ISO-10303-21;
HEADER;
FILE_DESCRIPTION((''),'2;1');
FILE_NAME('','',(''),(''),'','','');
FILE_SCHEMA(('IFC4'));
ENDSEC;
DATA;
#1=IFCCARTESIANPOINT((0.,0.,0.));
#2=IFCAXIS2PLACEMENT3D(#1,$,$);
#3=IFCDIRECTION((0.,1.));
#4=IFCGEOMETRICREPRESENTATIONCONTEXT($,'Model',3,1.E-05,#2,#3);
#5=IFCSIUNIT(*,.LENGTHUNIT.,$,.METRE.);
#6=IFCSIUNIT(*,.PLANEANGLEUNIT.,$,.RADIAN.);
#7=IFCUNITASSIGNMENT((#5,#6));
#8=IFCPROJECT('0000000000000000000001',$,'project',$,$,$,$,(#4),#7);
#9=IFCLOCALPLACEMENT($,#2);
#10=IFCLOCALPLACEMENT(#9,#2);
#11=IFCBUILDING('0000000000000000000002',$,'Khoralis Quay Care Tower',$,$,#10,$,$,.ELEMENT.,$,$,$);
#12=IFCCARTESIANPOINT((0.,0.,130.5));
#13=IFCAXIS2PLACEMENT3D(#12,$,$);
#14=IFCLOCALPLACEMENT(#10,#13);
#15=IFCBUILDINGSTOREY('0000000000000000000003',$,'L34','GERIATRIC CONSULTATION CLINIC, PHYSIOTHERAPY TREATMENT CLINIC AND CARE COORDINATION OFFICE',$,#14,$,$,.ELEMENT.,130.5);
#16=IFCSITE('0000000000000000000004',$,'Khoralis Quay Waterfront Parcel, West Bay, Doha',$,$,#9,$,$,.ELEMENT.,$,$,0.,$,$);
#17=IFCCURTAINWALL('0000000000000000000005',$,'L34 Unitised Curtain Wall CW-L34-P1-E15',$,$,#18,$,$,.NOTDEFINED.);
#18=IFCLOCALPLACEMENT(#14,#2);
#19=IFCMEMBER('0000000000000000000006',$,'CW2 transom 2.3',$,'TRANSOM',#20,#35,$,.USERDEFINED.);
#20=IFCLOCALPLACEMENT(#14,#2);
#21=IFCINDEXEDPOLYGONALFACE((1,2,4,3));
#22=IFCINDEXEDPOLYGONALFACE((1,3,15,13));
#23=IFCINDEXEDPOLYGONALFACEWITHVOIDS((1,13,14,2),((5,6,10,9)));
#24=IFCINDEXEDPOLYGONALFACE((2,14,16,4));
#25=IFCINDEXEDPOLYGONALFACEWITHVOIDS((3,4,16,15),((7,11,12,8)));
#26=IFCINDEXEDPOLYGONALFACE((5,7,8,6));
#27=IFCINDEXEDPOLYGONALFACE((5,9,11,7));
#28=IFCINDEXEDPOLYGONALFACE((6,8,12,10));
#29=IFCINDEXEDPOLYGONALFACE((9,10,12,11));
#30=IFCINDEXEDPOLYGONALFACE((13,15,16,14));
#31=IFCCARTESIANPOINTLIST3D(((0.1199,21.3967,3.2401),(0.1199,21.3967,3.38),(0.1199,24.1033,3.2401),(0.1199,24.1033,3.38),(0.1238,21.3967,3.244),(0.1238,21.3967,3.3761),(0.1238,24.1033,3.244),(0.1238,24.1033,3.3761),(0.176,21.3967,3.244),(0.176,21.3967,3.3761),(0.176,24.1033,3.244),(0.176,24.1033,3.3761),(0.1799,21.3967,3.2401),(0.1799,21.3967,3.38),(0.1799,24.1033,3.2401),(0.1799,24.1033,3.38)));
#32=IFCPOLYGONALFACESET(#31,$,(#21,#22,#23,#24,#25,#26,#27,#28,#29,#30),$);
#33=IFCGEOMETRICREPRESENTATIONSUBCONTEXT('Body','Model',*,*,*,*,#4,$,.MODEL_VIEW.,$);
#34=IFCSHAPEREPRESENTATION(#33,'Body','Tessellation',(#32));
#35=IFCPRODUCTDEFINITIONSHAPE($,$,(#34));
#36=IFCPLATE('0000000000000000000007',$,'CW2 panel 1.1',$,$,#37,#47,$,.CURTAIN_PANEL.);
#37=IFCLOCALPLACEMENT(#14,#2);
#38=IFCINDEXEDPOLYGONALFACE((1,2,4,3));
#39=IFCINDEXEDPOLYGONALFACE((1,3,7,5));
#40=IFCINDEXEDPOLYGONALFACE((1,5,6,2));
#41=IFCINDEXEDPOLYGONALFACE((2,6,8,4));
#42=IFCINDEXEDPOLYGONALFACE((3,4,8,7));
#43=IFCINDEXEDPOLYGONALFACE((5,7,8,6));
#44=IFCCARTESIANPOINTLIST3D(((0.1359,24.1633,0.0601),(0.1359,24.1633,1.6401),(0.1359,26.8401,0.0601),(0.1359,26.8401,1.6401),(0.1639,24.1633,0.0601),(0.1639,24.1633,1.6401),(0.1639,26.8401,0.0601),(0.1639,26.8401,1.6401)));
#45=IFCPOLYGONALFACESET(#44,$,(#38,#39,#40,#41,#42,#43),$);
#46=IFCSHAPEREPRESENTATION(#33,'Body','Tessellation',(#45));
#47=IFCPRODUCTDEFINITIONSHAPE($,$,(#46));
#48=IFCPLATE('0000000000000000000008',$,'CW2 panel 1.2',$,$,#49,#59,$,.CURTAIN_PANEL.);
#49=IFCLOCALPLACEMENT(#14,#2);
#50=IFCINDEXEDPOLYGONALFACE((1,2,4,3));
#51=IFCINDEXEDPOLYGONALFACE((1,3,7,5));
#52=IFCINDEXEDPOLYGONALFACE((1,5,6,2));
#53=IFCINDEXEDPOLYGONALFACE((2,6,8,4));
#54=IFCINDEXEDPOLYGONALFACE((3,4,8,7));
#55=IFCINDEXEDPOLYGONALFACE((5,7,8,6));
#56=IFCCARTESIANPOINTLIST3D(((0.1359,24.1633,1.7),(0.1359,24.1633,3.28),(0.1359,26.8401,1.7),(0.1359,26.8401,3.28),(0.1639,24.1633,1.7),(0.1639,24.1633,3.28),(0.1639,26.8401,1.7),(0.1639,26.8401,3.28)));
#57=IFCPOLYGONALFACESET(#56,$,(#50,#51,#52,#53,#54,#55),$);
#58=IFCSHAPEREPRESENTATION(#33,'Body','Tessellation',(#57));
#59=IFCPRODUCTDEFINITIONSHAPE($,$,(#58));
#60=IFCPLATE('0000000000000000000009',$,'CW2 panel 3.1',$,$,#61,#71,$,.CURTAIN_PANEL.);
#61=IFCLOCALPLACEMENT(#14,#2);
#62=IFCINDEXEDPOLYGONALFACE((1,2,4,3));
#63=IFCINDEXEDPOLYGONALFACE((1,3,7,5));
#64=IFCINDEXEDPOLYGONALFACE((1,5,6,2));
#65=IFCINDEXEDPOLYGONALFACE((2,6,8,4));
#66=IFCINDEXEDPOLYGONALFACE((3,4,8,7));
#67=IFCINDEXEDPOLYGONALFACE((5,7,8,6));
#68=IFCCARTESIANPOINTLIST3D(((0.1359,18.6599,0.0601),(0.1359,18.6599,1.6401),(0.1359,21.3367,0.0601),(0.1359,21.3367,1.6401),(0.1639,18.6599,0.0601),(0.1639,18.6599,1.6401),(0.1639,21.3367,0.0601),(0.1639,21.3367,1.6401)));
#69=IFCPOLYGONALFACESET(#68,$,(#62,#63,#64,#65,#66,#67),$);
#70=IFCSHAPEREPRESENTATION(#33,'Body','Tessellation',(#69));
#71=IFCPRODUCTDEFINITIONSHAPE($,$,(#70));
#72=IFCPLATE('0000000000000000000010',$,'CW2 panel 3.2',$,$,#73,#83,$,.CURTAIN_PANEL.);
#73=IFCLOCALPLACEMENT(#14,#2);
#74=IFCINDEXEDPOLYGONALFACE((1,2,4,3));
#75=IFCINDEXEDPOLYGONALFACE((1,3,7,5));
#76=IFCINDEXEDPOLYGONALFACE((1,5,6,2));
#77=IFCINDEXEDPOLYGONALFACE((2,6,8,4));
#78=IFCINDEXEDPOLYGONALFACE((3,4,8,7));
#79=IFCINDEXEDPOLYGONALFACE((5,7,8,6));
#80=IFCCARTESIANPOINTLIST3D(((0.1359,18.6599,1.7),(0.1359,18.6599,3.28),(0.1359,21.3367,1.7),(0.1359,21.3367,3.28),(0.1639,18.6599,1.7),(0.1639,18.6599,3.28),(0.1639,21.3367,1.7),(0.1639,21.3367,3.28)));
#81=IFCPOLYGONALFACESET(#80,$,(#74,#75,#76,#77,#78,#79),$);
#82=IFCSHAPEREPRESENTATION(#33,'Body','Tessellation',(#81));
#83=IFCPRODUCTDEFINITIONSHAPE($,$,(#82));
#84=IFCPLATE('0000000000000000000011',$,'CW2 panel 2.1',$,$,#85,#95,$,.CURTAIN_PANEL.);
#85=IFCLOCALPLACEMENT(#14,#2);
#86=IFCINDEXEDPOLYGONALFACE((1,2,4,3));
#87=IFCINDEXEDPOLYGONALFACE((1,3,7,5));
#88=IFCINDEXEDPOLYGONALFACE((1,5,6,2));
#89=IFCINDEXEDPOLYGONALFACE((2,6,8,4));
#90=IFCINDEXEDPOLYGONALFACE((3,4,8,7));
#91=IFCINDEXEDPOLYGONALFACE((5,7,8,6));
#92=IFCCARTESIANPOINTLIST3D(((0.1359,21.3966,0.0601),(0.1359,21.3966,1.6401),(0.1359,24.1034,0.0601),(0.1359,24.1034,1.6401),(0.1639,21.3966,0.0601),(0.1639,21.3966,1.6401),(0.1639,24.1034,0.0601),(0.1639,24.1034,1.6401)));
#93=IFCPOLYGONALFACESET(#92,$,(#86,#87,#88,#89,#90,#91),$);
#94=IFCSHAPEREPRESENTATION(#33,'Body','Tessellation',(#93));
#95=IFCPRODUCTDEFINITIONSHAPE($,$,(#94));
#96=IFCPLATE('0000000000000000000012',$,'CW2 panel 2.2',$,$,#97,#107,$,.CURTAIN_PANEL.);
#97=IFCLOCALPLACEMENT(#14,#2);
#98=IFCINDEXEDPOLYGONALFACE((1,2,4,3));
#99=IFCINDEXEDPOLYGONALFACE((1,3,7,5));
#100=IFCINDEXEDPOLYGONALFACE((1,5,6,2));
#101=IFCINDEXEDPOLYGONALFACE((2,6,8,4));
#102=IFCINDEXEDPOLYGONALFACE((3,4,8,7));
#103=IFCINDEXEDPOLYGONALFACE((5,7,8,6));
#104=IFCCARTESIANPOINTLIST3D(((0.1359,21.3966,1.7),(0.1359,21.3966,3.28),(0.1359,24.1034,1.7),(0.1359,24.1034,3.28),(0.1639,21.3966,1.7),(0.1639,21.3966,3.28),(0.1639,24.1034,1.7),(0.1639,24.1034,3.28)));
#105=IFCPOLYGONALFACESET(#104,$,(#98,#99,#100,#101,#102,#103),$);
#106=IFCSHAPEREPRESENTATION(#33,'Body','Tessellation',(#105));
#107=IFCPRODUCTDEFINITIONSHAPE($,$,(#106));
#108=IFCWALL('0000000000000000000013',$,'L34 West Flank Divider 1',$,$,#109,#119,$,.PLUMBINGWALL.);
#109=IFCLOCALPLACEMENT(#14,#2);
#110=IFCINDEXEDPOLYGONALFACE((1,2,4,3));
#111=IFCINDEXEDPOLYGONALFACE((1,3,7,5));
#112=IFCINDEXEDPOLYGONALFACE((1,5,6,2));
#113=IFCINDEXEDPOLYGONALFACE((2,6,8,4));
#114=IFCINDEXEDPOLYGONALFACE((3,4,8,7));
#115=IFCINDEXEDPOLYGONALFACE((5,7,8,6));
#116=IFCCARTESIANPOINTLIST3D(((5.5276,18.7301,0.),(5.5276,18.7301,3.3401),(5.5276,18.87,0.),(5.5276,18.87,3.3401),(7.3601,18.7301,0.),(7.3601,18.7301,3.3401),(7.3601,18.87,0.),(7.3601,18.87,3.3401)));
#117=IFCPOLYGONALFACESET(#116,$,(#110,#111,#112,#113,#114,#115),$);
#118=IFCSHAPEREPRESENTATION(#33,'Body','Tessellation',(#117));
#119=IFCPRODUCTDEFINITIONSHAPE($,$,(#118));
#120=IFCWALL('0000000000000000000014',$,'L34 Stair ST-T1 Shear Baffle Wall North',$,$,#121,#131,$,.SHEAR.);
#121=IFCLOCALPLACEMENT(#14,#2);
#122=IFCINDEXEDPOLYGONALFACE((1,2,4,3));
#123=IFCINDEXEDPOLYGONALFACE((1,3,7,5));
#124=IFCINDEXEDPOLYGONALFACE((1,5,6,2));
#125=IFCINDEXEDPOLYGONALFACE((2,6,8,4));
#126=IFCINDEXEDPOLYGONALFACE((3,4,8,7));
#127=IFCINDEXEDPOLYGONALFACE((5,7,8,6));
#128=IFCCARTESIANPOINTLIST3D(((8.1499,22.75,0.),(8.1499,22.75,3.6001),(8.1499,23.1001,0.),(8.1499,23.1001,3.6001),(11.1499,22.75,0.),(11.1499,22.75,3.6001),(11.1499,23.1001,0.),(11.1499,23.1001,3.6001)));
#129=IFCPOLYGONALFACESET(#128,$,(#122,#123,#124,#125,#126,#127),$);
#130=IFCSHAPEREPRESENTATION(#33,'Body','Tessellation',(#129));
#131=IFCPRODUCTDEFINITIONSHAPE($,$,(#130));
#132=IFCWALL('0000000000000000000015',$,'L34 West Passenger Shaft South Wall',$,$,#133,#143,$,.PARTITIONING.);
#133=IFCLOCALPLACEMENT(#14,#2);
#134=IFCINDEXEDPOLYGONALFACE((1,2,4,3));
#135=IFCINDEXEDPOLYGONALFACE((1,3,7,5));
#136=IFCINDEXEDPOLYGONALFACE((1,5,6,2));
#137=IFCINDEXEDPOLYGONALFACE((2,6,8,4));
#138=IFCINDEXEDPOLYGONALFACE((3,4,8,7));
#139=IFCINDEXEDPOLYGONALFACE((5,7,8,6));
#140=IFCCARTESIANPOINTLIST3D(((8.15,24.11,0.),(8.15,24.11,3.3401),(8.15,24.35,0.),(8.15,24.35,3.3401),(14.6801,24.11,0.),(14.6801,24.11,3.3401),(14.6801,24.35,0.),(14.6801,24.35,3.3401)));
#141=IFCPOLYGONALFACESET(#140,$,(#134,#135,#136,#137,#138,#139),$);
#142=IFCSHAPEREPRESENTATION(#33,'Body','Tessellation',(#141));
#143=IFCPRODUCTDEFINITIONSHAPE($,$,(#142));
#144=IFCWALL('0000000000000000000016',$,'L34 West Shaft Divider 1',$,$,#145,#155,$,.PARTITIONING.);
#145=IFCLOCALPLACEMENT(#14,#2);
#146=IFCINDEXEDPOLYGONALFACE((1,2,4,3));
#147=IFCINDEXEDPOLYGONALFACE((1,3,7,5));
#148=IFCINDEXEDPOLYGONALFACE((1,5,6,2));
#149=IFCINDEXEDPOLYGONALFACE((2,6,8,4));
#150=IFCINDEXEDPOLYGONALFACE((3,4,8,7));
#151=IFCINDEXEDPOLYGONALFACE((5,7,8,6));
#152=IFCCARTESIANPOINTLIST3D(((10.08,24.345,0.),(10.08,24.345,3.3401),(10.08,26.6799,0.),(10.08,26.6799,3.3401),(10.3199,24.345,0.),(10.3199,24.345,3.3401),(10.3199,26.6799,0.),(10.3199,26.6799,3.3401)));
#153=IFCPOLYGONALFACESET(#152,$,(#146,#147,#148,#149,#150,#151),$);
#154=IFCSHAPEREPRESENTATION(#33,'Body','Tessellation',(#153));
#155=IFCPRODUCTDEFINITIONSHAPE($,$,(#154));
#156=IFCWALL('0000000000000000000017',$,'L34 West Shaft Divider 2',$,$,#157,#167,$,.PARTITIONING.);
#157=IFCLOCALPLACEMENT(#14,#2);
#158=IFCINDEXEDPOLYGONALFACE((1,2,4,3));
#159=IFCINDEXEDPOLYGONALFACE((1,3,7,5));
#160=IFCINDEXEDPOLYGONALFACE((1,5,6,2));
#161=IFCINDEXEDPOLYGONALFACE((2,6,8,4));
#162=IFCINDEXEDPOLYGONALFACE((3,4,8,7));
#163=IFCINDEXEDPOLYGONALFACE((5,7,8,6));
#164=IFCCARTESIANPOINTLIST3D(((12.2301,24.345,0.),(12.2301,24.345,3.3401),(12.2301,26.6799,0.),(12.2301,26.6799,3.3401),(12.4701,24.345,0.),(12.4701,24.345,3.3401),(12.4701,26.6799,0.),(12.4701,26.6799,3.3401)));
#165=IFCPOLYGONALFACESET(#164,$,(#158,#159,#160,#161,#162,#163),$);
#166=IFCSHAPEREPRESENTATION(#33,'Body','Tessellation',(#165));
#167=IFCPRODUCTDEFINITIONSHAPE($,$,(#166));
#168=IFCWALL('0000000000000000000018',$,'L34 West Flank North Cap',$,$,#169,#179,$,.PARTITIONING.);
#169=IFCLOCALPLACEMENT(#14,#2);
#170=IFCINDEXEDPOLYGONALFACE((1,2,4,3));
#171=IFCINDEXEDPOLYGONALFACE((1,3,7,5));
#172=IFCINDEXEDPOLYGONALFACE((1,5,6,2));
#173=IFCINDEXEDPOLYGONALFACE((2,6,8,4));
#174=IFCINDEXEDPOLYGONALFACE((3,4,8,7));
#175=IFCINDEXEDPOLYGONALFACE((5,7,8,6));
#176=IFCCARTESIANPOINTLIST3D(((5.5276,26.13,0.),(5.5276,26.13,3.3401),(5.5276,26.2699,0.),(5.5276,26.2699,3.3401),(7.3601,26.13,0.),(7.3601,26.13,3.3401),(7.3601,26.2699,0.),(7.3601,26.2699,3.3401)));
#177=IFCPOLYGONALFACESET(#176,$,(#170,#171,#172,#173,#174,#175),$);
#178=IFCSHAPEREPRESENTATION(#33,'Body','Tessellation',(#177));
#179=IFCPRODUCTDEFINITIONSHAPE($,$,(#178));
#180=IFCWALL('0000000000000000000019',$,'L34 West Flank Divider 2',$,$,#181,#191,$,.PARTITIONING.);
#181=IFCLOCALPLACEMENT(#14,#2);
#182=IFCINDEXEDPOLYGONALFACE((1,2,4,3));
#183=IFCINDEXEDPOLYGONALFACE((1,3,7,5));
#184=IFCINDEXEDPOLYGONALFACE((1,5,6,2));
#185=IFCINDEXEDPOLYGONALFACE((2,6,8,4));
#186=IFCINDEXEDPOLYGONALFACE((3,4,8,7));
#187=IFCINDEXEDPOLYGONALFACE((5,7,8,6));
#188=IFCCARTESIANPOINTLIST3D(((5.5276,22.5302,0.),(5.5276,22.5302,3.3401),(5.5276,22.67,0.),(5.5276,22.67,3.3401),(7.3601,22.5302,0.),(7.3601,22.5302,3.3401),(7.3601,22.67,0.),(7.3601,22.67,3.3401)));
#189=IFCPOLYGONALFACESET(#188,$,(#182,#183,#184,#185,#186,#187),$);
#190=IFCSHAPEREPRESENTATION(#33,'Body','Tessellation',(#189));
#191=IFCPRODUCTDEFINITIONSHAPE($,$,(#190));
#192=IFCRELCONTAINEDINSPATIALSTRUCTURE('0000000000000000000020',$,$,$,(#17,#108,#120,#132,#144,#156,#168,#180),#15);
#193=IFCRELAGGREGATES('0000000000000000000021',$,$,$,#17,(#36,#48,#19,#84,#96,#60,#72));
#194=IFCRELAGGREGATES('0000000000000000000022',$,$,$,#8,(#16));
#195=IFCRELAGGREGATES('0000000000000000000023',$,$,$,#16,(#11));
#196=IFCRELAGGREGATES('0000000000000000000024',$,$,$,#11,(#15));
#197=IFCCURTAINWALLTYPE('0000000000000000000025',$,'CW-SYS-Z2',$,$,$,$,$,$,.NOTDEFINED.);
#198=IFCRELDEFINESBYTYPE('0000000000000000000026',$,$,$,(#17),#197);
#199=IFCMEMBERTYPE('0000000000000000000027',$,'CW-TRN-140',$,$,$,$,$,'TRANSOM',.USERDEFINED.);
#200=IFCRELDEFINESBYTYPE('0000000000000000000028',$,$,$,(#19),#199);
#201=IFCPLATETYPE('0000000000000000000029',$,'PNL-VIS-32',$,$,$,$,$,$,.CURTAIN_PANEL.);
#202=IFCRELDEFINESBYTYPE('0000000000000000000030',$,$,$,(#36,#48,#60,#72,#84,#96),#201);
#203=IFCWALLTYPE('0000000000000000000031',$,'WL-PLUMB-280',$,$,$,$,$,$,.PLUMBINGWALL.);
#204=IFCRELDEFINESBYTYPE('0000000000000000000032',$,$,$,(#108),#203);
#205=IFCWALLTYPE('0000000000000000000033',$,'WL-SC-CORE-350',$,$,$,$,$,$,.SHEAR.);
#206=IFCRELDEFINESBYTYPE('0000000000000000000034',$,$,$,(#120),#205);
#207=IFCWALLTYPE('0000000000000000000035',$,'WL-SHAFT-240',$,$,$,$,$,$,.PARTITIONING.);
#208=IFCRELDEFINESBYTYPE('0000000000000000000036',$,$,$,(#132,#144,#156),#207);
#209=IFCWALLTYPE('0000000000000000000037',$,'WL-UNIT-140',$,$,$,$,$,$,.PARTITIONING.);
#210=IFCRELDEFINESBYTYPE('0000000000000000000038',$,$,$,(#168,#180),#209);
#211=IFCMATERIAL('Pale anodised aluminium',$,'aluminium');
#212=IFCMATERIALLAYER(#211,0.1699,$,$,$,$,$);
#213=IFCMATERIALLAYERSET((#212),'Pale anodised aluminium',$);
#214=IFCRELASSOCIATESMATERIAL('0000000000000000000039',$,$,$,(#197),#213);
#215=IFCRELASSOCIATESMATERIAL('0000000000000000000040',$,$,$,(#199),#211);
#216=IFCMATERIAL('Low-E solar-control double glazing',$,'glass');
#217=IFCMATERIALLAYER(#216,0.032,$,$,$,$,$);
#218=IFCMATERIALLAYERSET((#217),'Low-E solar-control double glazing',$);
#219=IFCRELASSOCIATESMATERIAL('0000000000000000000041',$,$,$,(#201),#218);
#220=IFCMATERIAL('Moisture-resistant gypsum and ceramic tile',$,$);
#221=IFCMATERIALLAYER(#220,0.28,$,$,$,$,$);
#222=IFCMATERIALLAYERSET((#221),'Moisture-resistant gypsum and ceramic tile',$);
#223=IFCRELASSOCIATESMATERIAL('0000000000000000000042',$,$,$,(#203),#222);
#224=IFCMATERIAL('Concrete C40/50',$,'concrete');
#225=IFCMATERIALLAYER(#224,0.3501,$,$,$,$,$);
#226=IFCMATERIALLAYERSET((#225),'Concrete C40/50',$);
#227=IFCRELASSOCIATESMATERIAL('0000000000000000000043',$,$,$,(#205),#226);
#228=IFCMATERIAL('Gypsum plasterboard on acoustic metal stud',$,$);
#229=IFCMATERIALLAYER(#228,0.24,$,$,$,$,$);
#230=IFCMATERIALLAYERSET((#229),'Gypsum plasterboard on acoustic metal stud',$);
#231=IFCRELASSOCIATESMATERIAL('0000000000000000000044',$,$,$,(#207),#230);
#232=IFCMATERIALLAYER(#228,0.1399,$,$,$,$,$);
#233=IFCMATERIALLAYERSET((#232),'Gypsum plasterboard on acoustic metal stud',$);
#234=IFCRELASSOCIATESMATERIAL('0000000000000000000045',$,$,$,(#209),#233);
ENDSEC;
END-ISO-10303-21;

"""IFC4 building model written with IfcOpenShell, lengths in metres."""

from ifc_helpers import new_model, si_unit, direction, frame, frame_2d, origin, origin_2d, place, context, subcontext, project, spatial, rectangle, hollow_rectangle, extrude, source, transform, mapped, material, layer, layer_set, material_profile, profile_set, type_object, element, aggregate, save


model = new_model("IFC4")

# Units and contexts
model_context = context("Model", 3, precision=1e-05, world=origin(), true_north=direction((0.0, 1.0)))
body_context = subcontext(model_context, "Body", "Model", "MODEL_VIEW")
ifc_project = project(units=[si_unit("LENGTHUNIT", "METRE"), si_unit("PLANEANGLEUNIT", "RADIAN")], contexts=[model_context])

# Site, building, storey
site_placement = place(None, origin())
site = spatial("IfcSite", under=ifc_project, at=site_placement, Name="Khoralis Quay Waterfront Parcel, West Bay, Doha", CompositionType="ELEMENT", RefElevation=0.0)
building_placement = place(site_placement, origin())
building = spatial("IfcBuilding", under=site, at=building_placement, Name="Khoralis Quay Care Tower", CompositionType="ELEMENT")
storey_placement = place(building_placement, frame((0.0, 0.0, 130.5)))
storey = spatial("IfcBuildingStorey", under=building, at=storey_placement, Name="L34", Description="GERIATRIC CONSULTATION CLINIC, PHYSIOTHERAPY TREATMENT CLINIC AND CARE COORDINATION OFFICE", CompositionType="ELEMENT", Elevation=130.5)

# Curtain wall, member, plates
ifc_material_1 = material(Name="Pale anodised aluminium", Category="aluminium")
ifc_layer_1 = layer(ifc_material_1, 0.1699)
ifc_layer_set_1 = layer_set([ifc_layer_1], Name="Pale anodised aluminium")
curtain_wall_type = type_object("IfcCurtainWallType", Name="CW-SYS-Z2", PredefinedType="NOTDEFINED", material=ifc_layer_set_1)
curtain_wall_placement = place(storey_placement, origin())
curtain_wall = element("IfcCurtainWall", 1, at=curtain_wall_placement, inside=storey, type_object=curtain_wall_type, Name="L34 Unitised Curtain Wall CW-L34-P1-E15", PredefinedType="NOTDEFINED")
ifc_material_profile_1 = material_profile(ifc_material_1, hollow_rectangle(XDim=0.0601, YDim=0.1399, WallThickness=0.0039, at=origin_2d()), Name="Pale anodised aluminium")
ifc_profile_set_1 = profile_set([ifc_material_profile_1], Name="Pale anodised aluminium")
member_type_1 = type_object("IfcMemberType", Name="CW-TRN-140", ElementType="TRANSOM", PredefinedType="USERDEFINED", material=ifc_profile_set_1)
shared_shape_1 = source(origin(), body_context, "Body", "SweptSolid", [
    extrude(hollow_rectangle(XDim=0.0601, YDim=0.1399, WallThickness=0.0039, at=origin_2d()), origin(), (0.0, 0.0, 1.0), 2.7065),
])
member_1_placement = place(storey_placement, frame((0.1499, 24.1033, 3.3101), z_axis=(0.0, -1.0, 0.0), x_axis=(1.0, 0.0, 0.0)))
member_1 = element("IfcMember", 2, at=member_1_placement, type_object=member_type_1, Name="CW2 transom 2.3", ObjectType="TRANSOM", PredefinedType="USERDEFINED", context=body_context, shape_type="MappedRepresentation", body=[
    mapped(shared_shape_1, transform((0.0, 0.0, 0.0), scale=1.0)),
])
ifc_material_2 = material(Name="Low-E solar-control double glazing", Category="glass")
ifc_layer_2 = layer(ifc_material_2, 0.032)
ifc_layer_set_2 = layer_set([ifc_layer_2], Name="Low-E solar-control double glazing")
plate_type = type_object("IfcPlateType", Name="PNL-VIS-32", PredefinedType="CURTAIN_PANEL", material=ifc_layer_set_2)
shared_shape_2 = source(origin(), body_context, "Body", "SweptSolid", [
    extrude(rectangle(XDim=2.6768, YDim=0.0281, at=origin_2d()), origin(), (0.0, 0.0, 1.0), 1.5801),
])
plate_1_placement = place(storey_placement, frame((0.1499, 25.5017, 0.0601), z_axis=(0.0, 0.0, 1.0), x_axis=(0.0, -1.0, 0.0)))
plate_1 = element("IfcPlate", 3, at=plate_1_placement, type_object=plate_type, Name="CW2 panel 1.1", PredefinedType="CURTAIN_PANEL", context=body_context, shape_type="MappedRepresentation", body=[
    mapped(shared_shape_2, transform((0.0, 0.0, 0.0), scale=1.0)),
])
plate_2_placement = place(storey_placement, frame((0.1499, 25.5017, 1.7), z_axis=(0.0, 0.0, 1.0), x_axis=(0.0, -1.0, 0.0)))
plate_2 = element("IfcPlate", 4, at=plate_2_placement, type_object=plate_type, Name="CW2 panel 1.2", PredefinedType="CURTAIN_PANEL", context=body_context, shape_type="MappedRepresentation", body=[
    mapped(shared_shape_2, transform((0.0, 0.0, 0.0), scale=1.0)),
])
plate_3_placement = place(storey_placement, frame((0.1499, 19.9983, 0.0601), z_axis=(0.0, 0.0, 1.0), x_axis=(0.0, -1.0, 0.0)))
plate_3 = element("IfcPlate", 5, at=plate_3_placement, type_object=plate_type, Name="CW2 panel 3.1", PredefinedType="CURTAIN_PANEL", context=body_context, shape_type="MappedRepresentation", body=[
    mapped(shared_shape_2, transform((0.0, 0.0, 0.0), scale=1.0)),
])
plate_4_placement = place(storey_placement, frame((0.1499, 19.9983, 1.7), z_axis=(0.0, 0.0, 1.0), x_axis=(0.0, -1.0, 0.0)))
plate_4 = element("IfcPlate", 6, at=plate_4_placement, type_object=plate_type, Name="CW2 panel 3.2", PredefinedType="CURTAIN_PANEL", context=body_context, shape_type="MappedRepresentation", body=[
    mapped(shared_shape_2, transform((0.0, 0.0, 0.0), scale=1.0)),
])
shared_shape_3 = source(origin(), body_context, "Body", "SweptSolid", [
    extrude(rectangle(XDim=2.7068, YDim=0.0281, at=origin_2d()), origin(), (0.0, 0.0, 1.0), 1.5801),
])
plate_5_placement = place(storey_placement, frame((0.1499, 22.75, 0.0601), z_axis=(0.0, 0.0, 1.0), x_axis=(0.0, -1.0, 0.0)))
plate_5 = element("IfcPlate", 7, at=plate_5_placement, type_object=plate_type, Name="CW2 panel 2.1", PredefinedType="CURTAIN_PANEL", context=body_context, shape_type="MappedRepresentation", body=[
    mapped(shared_shape_3, transform((0.0, 0.0, 0.0), scale=1.0)),
])
plate_6_placement = place(storey_placement, frame((0.1499, 22.75, 1.7), z_axis=(0.0, 0.0, 1.0), x_axis=(0.0, -1.0, 0.0)))
plate_6 = element("IfcPlate", 8, at=plate_6_placement, type_object=plate_type, Name="CW2 panel 2.2", PredefinedType="CURTAIN_PANEL", context=body_context, shape_type="MappedRepresentation", body=[
    mapped(shared_shape_3, transform((0.0, 0.0, 0.0), scale=1.0)),
])
aggregate(curtain_wall, [plate_1, plate_2, member_1, plate_5, plate_6, plate_3, plate_4])

# Walls
ifc_material_3 = material(Name="Moisture-resistant gypsum and ceramic tile")
ifc_layer_3 = layer(ifc_material_3, 0.28)
ifc_layer_set_3 = layer_set([ifc_layer_3], Name="Moisture-resistant gypsum and ceramic tile")
wall_type_1 = type_object("IfcWallType", Name="WL-PLUMB-280", PredefinedType="PLUMBINGWALL", material=ifc_layer_set_3)
wall_1_placement = place(storey_placement, frame((5.5276, 18.8, 0.0), z_axis=(0.0, 0.0, 1.0), x_axis=(1.0, 0.0, 0.0)))
element("IfcWall", 9, at=wall_1_placement, inside=storey, type_object=wall_type_1, Name="L34 West Flank Divider 1", PredefinedType="PLUMBINGWALL", context=body_context, shape_type="SweptSolid", body=[
    extrude(rectangle(XDim=1.8325, YDim=0.1399, at=frame_2d((0.9163, 0.0))), origin(), (0.0, 0.0, 1.0), 3.3401),
])
ifc_material_4 = material(Name="Concrete C40/50", Category="concrete")
ifc_layer_4 = layer(ifc_material_4, 0.3501)
ifc_layer_set_4 = layer_set([ifc_layer_4], Name="Concrete C40/50")
wall_type_2 = type_object("IfcWallType", Name="WL-SC-CORE-350", PredefinedType="SHEAR", material=ifc_layer_set_4)
wall_2_placement = place(storey_placement, frame((8.1499, 22.925, 0.0), z_axis=(0.0, 0.0, 1.0), x_axis=(1.0, 0.0, 0.0)))
element("IfcWall", 10, at=wall_2_placement, inside=storey, type_object=wall_type_2, Name="L34 Stair ST-T1 Shear Baffle Wall North", PredefinedType="SHEAR", context=body_context, shape_type="SweptSolid", body=[
    extrude(rectangle(XDim=3.0, YDim=0.3501, at=frame_2d((1.5, 0.0))), origin(), (0.0, 0.0, 1.0), 3.6001),
])
ifc_material_5 = material(Name="Gypsum plasterboard on acoustic metal stud")
ifc_layer_5 = layer(ifc_material_5, 0.24)
ifc_layer_set_5 = layer_set([ifc_layer_5], Name="Gypsum plasterboard on acoustic metal stud")
wall_type_3 = type_object("IfcWallType", Name="WL-SHAFT-240", PredefinedType="PARTITIONING", material=ifc_layer_set_5)
wall_3_placement = place(storey_placement, frame((8.1499, 24.23, 0.0), z_axis=(0.0, 0.0, 1.0), x_axis=(1.0, 0.0, 0.0)))
element("IfcWall", 11, at=wall_3_placement, inside=storey, type_object=wall_type_3, Name="L34 West Passenger Shaft South Wall", PredefinedType="PARTITIONING", context=body_context, shape_type="SweptSolid", body=[
    extrude(rectangle(XDim=6.53, YDim=0.24, at=frame_2d((3.2651, 0.0))), origin(), (0.0, 0.0, 1.0), 3.3401),
])
for number, where, z_axis, x_axis, name in (
    (12, (10.2, 24.345, 0.0), (0.0, 0.0, 1.0), (0.0, 1.0, 0.0), "L34 West Shaft Divider 1"),
    (13, (12.3501, 24.345, 0.0), (0.0, 0.0, 1.0), (0.0, 1.0, 0.0), "L34 West Shaft Divider 2"),
):
    element("IfcWall", number, at=place(storey_placement, frame(where, z_axis=z_axis, x_axis=x_axis)), inside=storey, type_object=wall_type_3, Name=name, PredefinedType="PARTITIONING", context=body_context, shape_type="SweptSolid", body=[
        extrude(rectangle(XDim=2.335, YDim=0.24, at=frame_2d((1.1675, 0.0))), origin(), (0.0, 0.0, 1.0), 3.3401),
    ])
ifc_layer_6 = layer(ifc_material_5, 0.1399)
ifc_layer_set_6 = layer_set([ifc_layer_6], Name="Gypsum plasterboard on acoustic metal stud")
wall_type_4 = type_object("IfcWallType", Name="WL-UNIT-140", PredefinedType="PARTITIONING", material=ifc_layer_set_6)
for number, where, z_axis, x_axis, name in (
    (14, (5.5276, 26.2, 0.0), (0.0, 0.0, 1.0), (1.0, 0.0, 0.0), "L34 West Flank North Cap"),
    (15, (5.5276, 22.6001, 0.0), (0.0, 0.0, 1.0), (1.0, 0.0, 0.0), "L34 West Flank Divider 2"),
):
    element("IfcWall", number, at=place(storey_placement, frame(where, z_axis=z_axis, x_axis=x_axis)), inside=storey, type_object=wall_type_4, Name=name, PredefinedType="PARTITIONING", context=body_context, shape_type="SweptSolid", body=[
        extrude(rectangle(XDim=1.8325, YDim=0.1399, at=frame_2d((0.9163, 0.0))), origin(), (0.0, 0.0, 1.0), 3.3401),
    ])

save(model, "model.ifc")
